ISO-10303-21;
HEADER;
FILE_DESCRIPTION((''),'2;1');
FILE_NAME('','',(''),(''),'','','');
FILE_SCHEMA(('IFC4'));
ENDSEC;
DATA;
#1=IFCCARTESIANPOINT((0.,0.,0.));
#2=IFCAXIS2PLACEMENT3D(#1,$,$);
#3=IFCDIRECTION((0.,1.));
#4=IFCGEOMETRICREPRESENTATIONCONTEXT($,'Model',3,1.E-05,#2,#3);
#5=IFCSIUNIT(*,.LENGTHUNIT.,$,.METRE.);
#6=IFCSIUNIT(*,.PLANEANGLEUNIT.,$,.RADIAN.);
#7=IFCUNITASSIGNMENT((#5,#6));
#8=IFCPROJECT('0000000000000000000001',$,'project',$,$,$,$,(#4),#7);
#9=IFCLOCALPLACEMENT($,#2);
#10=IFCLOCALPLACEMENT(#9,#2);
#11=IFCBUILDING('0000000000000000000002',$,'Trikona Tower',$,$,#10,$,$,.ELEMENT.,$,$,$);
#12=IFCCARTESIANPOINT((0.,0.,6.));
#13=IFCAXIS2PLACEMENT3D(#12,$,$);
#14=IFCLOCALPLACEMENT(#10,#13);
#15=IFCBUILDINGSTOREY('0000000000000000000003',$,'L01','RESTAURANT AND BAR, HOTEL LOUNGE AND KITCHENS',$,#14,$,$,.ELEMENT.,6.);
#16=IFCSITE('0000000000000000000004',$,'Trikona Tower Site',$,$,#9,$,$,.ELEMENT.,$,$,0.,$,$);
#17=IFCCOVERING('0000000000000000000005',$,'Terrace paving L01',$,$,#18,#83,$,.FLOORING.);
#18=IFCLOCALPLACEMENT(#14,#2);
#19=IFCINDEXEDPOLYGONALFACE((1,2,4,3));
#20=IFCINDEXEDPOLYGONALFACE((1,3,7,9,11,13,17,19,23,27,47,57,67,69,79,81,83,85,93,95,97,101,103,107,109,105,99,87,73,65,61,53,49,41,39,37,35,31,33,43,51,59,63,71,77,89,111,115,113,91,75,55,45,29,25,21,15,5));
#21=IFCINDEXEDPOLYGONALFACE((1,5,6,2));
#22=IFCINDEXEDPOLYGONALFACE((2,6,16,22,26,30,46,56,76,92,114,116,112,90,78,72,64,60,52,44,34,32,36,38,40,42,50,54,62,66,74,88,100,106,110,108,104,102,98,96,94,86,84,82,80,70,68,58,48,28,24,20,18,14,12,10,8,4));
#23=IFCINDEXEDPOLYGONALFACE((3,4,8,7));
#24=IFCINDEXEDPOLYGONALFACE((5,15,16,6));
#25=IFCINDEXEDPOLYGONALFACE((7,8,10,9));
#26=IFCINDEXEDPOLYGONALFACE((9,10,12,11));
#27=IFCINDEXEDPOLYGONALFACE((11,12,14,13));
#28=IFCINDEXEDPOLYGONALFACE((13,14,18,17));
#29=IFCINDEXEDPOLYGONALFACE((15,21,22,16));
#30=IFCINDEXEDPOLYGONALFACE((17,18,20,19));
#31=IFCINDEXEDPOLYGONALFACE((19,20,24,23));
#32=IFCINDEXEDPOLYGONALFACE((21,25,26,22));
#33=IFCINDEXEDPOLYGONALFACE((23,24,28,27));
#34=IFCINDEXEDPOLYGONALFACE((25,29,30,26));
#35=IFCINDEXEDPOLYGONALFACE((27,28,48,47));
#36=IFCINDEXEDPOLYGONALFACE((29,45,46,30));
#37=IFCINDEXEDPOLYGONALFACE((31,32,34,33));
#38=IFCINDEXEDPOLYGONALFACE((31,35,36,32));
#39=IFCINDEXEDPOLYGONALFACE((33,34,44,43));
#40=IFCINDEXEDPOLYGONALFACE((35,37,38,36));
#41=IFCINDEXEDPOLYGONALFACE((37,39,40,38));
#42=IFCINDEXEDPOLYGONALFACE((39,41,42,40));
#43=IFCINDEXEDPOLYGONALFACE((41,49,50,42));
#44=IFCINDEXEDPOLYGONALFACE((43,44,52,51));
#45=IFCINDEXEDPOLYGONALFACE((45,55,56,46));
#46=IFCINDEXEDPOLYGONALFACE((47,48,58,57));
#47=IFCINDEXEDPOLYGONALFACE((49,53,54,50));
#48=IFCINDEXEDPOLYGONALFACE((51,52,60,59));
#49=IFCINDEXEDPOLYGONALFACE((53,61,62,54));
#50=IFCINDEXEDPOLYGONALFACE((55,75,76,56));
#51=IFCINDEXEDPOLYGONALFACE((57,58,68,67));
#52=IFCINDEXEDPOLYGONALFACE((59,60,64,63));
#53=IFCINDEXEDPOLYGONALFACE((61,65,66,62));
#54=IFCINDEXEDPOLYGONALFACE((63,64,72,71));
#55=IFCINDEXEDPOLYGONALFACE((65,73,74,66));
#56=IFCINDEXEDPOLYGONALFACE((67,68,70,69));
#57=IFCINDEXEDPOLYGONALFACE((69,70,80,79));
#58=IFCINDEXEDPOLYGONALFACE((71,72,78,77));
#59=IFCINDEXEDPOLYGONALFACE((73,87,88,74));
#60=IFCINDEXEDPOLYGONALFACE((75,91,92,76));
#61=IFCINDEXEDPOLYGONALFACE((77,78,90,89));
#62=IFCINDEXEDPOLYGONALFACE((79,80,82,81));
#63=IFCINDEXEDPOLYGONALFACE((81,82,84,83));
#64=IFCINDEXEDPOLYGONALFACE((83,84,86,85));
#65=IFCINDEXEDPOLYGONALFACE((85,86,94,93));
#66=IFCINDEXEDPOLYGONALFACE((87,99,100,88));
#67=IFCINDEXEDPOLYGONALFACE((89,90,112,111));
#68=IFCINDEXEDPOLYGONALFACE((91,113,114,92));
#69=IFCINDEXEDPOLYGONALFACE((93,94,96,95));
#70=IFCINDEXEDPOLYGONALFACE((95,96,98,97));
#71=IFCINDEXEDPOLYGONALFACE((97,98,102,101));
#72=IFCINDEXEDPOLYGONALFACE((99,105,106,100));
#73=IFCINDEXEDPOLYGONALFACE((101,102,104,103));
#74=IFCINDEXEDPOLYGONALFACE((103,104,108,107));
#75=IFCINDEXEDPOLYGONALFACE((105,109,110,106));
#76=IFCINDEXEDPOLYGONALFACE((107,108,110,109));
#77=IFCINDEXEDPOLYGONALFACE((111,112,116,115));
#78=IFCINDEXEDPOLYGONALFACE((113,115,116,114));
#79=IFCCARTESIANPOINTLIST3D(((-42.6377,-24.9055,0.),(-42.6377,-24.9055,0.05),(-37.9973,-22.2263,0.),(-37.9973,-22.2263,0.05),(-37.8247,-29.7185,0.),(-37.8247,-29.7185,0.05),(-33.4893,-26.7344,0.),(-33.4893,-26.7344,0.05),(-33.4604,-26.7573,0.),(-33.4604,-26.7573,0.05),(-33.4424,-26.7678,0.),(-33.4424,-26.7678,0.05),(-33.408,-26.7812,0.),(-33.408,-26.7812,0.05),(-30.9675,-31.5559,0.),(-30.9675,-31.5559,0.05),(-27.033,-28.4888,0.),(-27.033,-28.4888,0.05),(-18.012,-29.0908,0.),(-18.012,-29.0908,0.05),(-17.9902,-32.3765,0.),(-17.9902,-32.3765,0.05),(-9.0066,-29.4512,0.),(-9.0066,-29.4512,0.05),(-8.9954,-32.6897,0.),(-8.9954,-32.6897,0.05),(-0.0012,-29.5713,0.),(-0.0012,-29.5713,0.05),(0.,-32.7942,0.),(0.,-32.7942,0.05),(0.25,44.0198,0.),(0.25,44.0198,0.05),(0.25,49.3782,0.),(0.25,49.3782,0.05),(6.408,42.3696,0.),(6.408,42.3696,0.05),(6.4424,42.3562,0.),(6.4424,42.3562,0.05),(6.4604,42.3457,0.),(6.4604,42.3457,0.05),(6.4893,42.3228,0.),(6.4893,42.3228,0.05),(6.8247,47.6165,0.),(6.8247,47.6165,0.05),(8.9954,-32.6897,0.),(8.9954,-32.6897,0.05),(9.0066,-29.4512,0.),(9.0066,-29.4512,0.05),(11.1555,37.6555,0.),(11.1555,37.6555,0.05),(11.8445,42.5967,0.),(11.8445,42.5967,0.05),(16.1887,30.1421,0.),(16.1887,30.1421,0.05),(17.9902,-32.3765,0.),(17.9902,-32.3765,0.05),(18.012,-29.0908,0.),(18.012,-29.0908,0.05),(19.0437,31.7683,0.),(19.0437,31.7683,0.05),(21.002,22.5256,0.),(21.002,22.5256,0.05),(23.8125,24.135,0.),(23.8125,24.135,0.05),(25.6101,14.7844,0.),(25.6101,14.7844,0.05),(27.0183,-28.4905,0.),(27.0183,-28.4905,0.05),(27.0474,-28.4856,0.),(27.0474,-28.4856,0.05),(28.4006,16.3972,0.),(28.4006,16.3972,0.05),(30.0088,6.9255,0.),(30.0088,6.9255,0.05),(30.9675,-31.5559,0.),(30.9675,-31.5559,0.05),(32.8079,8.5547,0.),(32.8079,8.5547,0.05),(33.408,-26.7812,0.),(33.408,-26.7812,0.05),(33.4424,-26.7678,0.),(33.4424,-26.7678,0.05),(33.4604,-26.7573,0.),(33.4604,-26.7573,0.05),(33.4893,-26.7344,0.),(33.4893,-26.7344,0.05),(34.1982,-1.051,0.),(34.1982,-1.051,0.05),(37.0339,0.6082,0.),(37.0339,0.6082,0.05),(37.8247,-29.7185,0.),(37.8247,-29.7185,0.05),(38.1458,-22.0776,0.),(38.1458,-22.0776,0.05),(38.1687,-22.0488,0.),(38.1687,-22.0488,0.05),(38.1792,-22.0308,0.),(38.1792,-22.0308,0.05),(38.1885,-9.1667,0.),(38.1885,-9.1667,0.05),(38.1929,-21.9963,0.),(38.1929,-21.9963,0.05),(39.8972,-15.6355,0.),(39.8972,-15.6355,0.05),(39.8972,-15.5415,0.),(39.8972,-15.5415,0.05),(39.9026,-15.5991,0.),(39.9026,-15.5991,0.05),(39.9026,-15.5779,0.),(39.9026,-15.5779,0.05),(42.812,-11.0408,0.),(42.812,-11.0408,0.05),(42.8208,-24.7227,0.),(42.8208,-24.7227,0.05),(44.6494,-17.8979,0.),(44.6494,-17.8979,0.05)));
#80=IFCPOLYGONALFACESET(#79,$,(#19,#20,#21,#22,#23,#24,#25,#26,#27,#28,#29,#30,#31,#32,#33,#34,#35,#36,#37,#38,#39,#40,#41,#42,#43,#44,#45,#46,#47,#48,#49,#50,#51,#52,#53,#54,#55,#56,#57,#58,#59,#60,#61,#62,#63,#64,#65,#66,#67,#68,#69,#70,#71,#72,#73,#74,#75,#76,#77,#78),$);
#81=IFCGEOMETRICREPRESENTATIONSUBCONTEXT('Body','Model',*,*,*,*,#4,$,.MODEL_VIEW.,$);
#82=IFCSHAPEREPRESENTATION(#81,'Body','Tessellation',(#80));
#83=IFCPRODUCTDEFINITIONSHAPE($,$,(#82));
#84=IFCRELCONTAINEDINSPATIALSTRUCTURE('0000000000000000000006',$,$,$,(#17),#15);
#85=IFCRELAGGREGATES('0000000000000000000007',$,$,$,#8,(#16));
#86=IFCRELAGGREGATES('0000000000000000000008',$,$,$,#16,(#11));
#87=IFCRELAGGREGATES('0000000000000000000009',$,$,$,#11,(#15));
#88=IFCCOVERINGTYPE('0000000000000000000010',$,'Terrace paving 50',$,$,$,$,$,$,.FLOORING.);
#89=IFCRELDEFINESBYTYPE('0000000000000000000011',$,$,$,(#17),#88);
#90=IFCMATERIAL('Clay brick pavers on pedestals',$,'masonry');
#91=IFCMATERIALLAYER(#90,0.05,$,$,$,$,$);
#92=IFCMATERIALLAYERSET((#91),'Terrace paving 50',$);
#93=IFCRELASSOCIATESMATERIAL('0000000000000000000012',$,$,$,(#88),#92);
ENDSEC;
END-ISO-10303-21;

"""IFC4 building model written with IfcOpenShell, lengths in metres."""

from ifc_helpers import new_model, si_unit, direction, frame, origin, place, context, subcontext, project, spatial, polyline, outline, extrude, material, layer, layer_set, type_object, element, save


model = new_model("IFC4")

# Units and contexts
model_context = context("Model", 3, precision=1e-05, world=origin(), true_north=direction((0.0, 1.0)))
body_context = subcontext(model_context, "Body", "Model", "MODEL_VIEW")
ifc_project = project(units=[si_unit("LENGTHUNIT", "METRE"), si_unit("PLANEANGLEUNIT", "RADIAN")], contexts=[model_context])

# Site, building, storey
site_placement = place(None, origin())
site = spatial("IfcSite", under=ifc_project, at=site_placement, Name="Trikona Tower Site", CompositionType="ELEMENT", RefElevation=0.0)
building_placement = place(site_placement, origin())
building = spatial("IfcBuilding", under=site, at=building_placement, Name="Trikona Tower", CompositionType="ELEMENT")
storey_placement = place(building_placement, frame((0.0, 0.0, 6.0)))
storey = spatial("IfcBuildingStorey", under=building, at=storey_placement, Name="L01", Description="RESTAURANT AND BAR, HOTEL LOUNGE AND KITCHENS", CompositionType="ELEMENT", Elevation=6.0)

# Covering
ifc_material_1 = material(Name="Clay brick pavers on pedestals", Category="masonry")
ifc_layer_1 = layer(ifc_material_1, 0.05)
ifc_layer_set_1 = layer_set([ifc_layer_1], Name="Terrace paving 50")
covering_type = type_object("IfcCoveringType", Name="Terrace paving 50", PredefinedType="FLOORING", material=ifc_layer_set_1)
covering_placement = place(storey_placement, origin())
element("IfcCovering", 1, at=covering_placement, inside=storey, type_object=covering_type, Name="Terrace paving L01", PredefinedType="FLOORING", context=body_context, shape_type="SweptSolid", body=[
    extrude(outline(polyline([(-42.6377, -24.9055), (-37.8247, -29.7185), (-30.9675, -31.5559), (-17.9902, -32.3765), (-8.9954, -32.6897), (0.0, -32.7942), (8.9954, -32.6897), (17.9902, -32.3765), (30.9675, -31.5559), (37.8247, -29.7185), (42.8208, -24.7227), (44.6494, -17.8979), (42.812, -11.0408), (37.0339, 0.6082), (32.8079, 8.5547), (28.4006, 16.3972), (23.8125, 24.135), (19.0437, 31.7683), (11.8445, 42.5967), (6.8247, 47.6165), (0.25, 49.3782), (0.25, 44.0198), (6.408, 42.3696), (6.4424, 42.3562), (6.4604, 42.3457), (6.4893, 42.3228), (11.1555, 37.6555), (16.1887, 30.1421), (21.002, 22.5256), (25.6101, 14.7844), (30.0088, 6.9255), (34.1982, -1.051), (38.1885, -9.1667), (39.8972, -15.5415), (39.9026, -15.5779), (39.9026, -15.5991), (39.8972, -15.6355), (38.1929, -21.9963), (38.1792, -22.0308), (38.1687, -22.0488), (38.1458, -22.0776), (33.4893, -26.7344), (33.4604, -26.7573), (33.4424, -26.7678), (33.408, -26.7812), (27.0474, -28.4856), (27.0183, -28.4905), (18.012, -29.0908), (9.0066, -29.4512), (-0.0012, -29.5713), (-9.0066, -29.4512), (-18.012, -29.0908), (-27.033, -28.4888), (-33.408, -26.7812), (-33.4424, -26.7678), (-33.4604, -26.7573), (-33.4893, -26.7344), (-37.9973, -22.2263), (-42.6377, -24.9055)])), origin(), (0.0, 0.0, 1.0), 0.05),
])

save(model, "model.ifc")
